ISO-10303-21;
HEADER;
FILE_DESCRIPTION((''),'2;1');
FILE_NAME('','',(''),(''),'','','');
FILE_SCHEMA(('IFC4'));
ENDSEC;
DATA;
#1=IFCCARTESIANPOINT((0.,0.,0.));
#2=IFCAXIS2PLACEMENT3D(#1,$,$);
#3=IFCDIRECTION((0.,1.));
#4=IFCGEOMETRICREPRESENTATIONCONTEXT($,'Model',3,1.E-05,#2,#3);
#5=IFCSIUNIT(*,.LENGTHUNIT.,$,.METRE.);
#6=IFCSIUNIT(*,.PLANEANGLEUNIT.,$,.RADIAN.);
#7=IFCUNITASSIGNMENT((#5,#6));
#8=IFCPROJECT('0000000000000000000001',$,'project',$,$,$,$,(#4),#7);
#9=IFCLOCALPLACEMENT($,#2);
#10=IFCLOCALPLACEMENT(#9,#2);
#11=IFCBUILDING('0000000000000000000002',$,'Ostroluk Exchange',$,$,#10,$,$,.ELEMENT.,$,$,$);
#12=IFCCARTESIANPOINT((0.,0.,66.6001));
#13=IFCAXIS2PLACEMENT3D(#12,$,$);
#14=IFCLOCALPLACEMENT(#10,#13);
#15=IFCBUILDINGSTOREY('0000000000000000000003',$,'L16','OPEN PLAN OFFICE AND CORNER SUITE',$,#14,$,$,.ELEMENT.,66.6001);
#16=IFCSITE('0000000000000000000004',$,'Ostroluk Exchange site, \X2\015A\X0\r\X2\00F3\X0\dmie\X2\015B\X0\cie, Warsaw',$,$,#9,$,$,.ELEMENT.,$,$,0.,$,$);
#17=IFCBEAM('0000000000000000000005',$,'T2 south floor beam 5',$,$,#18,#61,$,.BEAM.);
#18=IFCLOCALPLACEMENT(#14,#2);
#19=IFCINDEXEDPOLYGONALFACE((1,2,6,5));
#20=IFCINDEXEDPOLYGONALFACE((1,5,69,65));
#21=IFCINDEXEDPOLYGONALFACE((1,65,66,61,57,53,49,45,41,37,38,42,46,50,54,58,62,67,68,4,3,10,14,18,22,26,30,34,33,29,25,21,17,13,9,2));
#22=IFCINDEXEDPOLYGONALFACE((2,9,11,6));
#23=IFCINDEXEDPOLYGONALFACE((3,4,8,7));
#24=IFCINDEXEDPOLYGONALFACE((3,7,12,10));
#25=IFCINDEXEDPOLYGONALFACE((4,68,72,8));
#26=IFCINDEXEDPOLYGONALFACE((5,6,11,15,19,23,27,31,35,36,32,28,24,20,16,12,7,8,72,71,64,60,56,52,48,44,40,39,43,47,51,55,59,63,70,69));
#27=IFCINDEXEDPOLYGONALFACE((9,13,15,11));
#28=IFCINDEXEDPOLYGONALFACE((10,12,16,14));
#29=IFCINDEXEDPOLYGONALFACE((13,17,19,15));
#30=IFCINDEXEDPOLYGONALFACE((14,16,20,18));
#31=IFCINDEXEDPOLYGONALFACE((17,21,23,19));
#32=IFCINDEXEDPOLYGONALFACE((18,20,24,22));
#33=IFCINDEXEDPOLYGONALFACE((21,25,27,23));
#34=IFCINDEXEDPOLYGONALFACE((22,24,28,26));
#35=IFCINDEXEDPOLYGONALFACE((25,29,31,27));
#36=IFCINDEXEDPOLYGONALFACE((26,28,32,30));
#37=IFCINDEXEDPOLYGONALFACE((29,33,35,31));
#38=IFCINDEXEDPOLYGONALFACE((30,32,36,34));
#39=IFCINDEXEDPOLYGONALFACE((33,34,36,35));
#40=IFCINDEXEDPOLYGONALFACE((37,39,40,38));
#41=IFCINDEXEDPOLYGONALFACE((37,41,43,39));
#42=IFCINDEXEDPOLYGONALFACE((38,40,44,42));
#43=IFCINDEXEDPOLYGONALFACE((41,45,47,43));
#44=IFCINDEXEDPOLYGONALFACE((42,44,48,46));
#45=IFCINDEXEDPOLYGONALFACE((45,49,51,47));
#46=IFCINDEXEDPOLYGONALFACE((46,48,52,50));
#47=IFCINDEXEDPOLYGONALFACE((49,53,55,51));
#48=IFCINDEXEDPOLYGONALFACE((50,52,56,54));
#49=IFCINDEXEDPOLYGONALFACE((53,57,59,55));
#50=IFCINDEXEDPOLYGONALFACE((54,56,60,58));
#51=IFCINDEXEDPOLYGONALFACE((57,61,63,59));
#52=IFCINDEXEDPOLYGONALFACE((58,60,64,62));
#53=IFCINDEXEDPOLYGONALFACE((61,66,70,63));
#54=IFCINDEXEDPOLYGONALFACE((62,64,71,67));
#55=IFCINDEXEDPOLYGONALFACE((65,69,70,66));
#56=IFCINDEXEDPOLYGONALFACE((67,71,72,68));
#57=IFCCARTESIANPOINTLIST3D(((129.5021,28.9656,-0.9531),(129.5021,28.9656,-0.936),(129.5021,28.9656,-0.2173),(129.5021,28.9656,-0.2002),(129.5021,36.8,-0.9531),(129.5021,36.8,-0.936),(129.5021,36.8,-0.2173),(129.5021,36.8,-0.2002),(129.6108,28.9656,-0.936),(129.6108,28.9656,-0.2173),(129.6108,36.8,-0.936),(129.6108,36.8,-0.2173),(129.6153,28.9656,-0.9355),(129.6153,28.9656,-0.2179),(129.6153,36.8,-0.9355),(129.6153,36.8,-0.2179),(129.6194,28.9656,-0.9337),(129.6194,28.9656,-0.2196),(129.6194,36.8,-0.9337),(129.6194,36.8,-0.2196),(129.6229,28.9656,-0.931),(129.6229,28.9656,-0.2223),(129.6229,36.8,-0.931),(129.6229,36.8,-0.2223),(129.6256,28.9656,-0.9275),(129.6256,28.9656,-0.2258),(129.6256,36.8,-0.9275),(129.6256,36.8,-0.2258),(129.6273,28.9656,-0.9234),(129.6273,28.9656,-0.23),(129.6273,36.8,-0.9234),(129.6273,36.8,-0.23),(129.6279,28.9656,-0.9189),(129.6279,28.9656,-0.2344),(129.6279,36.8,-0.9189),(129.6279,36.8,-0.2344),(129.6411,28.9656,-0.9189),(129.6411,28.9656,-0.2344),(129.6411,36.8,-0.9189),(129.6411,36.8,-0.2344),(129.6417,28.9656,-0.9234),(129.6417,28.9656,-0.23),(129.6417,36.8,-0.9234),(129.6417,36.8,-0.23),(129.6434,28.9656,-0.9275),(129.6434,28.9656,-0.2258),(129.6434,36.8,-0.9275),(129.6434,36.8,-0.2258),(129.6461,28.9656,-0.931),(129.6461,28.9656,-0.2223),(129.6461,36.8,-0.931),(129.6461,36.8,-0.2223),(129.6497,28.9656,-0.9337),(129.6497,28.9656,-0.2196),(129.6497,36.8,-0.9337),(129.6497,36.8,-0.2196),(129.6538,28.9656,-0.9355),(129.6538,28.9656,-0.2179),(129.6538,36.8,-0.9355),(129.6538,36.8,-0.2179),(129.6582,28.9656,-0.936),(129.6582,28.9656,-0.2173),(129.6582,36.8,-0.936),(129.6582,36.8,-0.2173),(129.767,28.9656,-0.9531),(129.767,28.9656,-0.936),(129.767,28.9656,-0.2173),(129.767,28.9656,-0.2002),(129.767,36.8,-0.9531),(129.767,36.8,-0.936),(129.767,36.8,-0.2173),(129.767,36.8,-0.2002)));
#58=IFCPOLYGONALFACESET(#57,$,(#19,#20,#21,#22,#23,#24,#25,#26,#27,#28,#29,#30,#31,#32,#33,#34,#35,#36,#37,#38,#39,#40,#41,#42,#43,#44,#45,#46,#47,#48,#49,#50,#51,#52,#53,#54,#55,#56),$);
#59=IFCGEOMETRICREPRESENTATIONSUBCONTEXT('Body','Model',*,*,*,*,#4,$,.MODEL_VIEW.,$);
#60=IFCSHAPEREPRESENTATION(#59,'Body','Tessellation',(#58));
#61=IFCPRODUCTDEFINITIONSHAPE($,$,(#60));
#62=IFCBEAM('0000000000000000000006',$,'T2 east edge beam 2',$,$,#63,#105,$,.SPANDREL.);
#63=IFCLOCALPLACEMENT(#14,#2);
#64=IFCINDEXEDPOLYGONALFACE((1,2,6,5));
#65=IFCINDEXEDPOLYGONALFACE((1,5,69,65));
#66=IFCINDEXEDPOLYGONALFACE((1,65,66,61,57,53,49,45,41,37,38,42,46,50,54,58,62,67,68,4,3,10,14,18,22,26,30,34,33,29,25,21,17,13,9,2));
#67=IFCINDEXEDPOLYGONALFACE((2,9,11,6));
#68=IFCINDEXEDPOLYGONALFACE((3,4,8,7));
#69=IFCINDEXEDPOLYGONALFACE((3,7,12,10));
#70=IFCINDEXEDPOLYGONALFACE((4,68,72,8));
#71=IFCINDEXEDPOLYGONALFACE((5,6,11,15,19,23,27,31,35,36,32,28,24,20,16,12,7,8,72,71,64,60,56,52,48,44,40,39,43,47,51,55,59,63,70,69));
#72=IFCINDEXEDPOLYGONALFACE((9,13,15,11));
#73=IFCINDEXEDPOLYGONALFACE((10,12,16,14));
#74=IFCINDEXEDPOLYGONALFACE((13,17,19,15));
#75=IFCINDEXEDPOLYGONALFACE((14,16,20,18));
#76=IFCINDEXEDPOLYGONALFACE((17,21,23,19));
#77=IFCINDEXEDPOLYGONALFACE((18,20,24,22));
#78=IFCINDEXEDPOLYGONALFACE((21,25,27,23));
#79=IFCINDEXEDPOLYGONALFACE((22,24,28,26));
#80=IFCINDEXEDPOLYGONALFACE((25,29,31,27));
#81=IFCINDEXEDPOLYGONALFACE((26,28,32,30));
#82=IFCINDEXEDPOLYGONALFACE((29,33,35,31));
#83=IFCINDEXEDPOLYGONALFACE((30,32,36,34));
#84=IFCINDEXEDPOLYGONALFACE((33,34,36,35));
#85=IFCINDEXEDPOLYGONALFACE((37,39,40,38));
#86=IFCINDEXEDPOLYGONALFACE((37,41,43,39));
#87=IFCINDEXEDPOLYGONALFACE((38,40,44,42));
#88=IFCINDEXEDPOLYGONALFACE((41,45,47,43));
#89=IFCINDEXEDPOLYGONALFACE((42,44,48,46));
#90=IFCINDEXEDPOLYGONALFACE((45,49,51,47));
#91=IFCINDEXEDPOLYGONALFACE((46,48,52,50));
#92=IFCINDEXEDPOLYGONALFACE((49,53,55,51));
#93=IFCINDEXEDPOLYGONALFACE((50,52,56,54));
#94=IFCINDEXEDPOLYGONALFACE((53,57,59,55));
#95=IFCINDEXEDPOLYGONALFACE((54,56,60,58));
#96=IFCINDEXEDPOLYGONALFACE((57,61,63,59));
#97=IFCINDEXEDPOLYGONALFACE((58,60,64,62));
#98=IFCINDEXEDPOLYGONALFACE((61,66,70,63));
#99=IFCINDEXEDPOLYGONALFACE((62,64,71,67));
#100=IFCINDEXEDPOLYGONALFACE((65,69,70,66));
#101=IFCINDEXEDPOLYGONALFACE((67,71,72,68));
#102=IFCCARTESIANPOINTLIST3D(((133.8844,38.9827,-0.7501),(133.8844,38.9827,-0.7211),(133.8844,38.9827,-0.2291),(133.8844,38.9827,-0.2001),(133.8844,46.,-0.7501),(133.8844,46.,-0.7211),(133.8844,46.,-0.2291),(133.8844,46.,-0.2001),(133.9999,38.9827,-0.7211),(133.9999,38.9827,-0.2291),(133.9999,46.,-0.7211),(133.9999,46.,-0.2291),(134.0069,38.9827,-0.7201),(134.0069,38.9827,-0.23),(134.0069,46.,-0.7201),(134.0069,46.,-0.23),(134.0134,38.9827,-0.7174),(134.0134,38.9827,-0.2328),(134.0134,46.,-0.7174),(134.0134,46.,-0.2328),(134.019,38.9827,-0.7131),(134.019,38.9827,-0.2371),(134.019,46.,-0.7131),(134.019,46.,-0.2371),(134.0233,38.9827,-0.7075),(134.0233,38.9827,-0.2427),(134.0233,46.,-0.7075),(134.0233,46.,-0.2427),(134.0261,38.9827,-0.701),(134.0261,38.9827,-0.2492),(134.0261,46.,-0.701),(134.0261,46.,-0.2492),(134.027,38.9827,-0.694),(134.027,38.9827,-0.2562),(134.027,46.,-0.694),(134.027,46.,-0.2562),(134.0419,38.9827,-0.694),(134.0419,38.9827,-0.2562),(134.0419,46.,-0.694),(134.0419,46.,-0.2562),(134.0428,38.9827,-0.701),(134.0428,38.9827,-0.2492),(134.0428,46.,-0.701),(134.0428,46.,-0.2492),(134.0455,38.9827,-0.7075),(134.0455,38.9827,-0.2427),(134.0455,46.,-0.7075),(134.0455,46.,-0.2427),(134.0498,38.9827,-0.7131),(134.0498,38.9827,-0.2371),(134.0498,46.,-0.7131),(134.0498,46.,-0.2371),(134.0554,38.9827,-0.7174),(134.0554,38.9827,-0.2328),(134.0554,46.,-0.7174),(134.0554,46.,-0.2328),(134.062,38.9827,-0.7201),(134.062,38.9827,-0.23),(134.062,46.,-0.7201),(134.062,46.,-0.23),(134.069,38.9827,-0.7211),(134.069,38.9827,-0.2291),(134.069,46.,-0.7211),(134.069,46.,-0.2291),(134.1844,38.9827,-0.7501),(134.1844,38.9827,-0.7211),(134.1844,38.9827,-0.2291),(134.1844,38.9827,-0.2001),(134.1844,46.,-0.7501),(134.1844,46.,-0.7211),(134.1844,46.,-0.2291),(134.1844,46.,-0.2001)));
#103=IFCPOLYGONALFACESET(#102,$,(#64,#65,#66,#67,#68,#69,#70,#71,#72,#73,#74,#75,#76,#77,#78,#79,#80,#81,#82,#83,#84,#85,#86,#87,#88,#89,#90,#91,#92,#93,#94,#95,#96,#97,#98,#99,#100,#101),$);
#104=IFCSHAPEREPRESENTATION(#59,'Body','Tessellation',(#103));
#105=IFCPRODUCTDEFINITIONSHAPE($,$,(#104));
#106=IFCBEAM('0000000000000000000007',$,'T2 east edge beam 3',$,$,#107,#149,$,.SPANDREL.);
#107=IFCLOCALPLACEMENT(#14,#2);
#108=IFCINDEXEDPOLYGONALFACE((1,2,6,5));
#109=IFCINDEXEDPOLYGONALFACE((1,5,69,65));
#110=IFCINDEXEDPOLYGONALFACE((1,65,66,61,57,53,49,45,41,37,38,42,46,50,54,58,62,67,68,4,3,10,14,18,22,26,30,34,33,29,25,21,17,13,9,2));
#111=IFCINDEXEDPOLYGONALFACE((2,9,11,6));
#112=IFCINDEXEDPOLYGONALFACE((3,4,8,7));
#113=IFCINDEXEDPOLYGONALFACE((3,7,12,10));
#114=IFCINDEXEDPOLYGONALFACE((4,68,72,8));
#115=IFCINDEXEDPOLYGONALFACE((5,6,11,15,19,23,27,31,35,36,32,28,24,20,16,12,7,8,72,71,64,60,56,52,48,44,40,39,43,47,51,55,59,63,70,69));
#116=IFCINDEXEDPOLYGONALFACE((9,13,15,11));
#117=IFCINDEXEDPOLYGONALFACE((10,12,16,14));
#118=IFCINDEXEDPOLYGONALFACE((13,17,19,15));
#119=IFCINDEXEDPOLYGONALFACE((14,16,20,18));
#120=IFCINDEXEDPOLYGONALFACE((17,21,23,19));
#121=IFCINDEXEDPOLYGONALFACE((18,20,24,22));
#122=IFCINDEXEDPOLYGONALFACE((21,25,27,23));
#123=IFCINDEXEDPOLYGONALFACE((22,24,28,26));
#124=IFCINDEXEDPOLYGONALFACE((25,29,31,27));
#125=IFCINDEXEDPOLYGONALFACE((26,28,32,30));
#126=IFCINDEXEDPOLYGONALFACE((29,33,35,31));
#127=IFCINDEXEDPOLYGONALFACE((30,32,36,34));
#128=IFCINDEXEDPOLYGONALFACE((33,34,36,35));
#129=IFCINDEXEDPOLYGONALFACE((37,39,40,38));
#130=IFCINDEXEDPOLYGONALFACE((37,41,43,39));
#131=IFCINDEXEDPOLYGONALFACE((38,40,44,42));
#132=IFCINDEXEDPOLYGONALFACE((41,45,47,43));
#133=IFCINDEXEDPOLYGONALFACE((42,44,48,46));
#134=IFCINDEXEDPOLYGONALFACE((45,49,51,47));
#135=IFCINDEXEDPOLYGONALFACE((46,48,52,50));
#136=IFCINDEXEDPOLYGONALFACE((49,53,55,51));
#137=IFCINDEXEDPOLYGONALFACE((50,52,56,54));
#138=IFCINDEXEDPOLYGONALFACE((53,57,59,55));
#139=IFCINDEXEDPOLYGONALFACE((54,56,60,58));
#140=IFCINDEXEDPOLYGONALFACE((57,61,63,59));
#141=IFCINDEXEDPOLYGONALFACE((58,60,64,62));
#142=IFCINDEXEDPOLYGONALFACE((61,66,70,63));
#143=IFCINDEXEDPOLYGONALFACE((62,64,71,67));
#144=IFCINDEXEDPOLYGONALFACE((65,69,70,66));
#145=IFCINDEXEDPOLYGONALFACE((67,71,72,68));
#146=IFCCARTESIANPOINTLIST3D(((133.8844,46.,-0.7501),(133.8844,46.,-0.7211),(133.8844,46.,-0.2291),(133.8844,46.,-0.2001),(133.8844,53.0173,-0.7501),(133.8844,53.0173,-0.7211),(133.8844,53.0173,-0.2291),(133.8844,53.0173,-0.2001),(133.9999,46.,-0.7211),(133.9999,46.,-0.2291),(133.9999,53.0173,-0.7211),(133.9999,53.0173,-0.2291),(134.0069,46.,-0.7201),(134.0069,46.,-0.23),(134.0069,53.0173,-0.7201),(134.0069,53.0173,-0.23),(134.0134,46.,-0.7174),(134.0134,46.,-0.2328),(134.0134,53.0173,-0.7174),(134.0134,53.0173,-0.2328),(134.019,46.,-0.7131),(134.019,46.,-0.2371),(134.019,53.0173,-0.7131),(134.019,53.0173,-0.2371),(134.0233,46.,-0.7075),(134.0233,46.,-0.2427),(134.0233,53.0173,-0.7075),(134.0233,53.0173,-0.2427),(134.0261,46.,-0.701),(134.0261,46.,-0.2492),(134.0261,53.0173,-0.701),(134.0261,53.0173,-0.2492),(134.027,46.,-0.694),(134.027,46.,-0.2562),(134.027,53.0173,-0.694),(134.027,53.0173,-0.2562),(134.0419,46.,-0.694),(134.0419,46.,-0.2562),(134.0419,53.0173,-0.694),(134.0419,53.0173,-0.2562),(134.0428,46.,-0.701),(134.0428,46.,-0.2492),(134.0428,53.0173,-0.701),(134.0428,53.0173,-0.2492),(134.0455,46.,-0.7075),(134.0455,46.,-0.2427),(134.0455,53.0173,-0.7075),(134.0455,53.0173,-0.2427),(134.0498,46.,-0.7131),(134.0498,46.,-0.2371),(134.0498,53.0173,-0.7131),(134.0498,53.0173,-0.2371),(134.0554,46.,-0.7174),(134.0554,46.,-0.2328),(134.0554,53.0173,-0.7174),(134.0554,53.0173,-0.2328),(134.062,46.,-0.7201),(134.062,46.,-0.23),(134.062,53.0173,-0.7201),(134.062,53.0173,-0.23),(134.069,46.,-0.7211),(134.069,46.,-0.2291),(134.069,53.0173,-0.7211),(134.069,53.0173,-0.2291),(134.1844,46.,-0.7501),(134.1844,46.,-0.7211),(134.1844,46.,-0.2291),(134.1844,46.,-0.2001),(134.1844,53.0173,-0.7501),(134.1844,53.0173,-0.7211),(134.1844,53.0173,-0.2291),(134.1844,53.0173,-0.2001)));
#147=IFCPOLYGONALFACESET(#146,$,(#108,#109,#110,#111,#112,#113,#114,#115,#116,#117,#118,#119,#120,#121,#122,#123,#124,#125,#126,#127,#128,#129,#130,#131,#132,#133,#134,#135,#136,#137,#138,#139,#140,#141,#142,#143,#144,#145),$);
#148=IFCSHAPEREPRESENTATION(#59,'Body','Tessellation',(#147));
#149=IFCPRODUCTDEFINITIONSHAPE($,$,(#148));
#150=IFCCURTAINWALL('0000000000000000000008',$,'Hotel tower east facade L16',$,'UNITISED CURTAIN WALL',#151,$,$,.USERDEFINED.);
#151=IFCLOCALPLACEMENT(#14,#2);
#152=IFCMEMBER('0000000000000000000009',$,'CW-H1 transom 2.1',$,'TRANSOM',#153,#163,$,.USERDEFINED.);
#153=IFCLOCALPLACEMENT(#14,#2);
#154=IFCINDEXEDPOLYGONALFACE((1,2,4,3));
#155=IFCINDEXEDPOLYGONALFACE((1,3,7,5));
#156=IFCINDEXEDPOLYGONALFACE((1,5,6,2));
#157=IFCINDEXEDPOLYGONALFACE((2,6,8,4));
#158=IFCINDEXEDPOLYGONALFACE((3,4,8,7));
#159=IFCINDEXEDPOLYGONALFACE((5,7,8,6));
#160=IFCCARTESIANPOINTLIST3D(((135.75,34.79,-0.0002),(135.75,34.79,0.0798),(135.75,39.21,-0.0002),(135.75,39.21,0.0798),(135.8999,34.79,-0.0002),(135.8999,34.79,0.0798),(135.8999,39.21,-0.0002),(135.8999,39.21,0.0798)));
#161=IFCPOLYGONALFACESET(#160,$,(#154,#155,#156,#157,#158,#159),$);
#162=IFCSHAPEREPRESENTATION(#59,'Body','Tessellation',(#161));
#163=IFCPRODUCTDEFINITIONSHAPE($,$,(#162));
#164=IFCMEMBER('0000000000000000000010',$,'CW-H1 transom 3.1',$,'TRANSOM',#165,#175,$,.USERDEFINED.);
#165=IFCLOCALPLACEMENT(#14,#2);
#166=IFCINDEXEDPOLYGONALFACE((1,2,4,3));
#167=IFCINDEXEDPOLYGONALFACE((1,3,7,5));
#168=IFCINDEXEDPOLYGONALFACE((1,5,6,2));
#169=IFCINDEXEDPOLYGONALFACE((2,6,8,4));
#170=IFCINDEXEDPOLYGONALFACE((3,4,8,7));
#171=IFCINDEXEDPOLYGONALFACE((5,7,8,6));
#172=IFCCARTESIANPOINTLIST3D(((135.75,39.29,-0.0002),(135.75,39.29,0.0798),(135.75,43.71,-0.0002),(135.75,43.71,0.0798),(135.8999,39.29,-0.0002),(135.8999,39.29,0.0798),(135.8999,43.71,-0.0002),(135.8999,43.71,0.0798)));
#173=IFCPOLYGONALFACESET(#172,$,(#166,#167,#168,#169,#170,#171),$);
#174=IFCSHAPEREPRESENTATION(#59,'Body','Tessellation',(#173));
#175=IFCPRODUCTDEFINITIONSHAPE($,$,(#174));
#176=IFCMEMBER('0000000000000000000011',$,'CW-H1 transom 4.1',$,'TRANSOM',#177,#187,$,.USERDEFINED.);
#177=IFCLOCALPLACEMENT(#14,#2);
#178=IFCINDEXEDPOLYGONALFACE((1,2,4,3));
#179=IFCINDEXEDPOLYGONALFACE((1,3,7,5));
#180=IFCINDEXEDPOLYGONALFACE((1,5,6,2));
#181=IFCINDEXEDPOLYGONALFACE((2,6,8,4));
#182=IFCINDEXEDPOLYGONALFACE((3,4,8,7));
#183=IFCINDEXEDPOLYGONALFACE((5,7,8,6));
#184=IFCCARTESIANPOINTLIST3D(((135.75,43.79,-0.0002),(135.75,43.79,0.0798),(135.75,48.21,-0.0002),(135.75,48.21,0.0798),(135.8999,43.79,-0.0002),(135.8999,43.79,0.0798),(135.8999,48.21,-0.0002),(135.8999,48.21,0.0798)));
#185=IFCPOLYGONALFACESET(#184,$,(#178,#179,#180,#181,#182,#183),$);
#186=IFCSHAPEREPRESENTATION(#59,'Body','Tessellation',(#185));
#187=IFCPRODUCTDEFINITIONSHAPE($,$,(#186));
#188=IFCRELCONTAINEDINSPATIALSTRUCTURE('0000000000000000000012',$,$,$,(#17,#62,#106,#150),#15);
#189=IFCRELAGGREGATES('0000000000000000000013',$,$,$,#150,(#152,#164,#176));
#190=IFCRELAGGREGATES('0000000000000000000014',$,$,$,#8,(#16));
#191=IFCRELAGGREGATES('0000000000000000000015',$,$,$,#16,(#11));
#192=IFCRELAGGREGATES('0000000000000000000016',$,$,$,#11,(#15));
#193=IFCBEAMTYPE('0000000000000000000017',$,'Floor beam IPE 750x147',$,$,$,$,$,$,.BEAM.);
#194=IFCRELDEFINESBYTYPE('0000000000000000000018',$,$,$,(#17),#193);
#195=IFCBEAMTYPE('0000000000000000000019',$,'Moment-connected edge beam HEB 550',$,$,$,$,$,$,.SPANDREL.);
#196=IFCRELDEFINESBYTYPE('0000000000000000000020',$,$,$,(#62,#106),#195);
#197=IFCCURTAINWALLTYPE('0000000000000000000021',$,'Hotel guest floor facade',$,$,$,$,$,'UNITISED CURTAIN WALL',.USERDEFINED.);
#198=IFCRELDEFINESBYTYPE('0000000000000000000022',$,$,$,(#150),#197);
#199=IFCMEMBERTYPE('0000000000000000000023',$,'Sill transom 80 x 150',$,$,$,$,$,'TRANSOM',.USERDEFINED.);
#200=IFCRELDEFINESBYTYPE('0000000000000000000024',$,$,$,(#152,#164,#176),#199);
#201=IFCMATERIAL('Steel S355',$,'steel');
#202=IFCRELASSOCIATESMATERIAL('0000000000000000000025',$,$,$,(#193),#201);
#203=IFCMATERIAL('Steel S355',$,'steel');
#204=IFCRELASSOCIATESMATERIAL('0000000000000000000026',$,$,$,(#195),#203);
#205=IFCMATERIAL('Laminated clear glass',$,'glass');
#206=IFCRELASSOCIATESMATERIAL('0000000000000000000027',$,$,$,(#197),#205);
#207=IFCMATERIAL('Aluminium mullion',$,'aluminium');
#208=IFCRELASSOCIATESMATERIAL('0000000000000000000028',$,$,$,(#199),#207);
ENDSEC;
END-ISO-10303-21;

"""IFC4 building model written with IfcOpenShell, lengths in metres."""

from ifc_helpers import new_model, si_unit, direction, frame, origin, origin_2d, place, context, subcontext, project, spatial, rectangle, i_section, extrude, material, material_profile, profile_set, type_object, element, aggregate, save


model = new_model("IFC4")

# Units and contexts
model_context = context("Model", 3, precision=1e-05, world=origin(), true_north=direction((0.0, 1.0)))
body_context = subcontext(model_context, "Body", "Model", "MODEL_VIEW")
ifc_project = project(units=[si_unit("LENGTHUNIT", "METRE"), si_unit("PLANEANGLEUNIT", "RADIAN")], contexts=[model_context])

# Site, building, storey
site_placement = place(None, origin())
site = spatial("IfcSite", under=ifc_project, at=site_placement, Name="Ostroluk Exchange site, Śródmieście, Warsaw", CompositionType="ELEMENT", RefElevation=0.0)
building_placement = place(site_placement, origin())
building = spatial("IfcBuilding", under=site, at=building_placement, Name="Ostroluk Exchange", CompositionType="ELEMENT")
storey_placement = place(building_placement, frame((0.0, 0.0, 66.6001)))
storey = spatial("IfcBuildingStorey", under=building, at=storey_placement, Name="L16", Description="OPEN PLAN OFFICE AND CORNER SUITE", CompositionType="ELEMENT", Elevation=66.6001)

# Beams
ifc_material_1 = material(Name="Steel S355", Category="steel")
ifc_material_profile_1 = material_profile(ifc_material_1, i_section(OverallWidth=0.2649, OverallDepth=0.7529, WebThickness=0.0132, FlangeThickness=0.0171, FilletRadius=0.0171, at=origin_2d()), Name="IPE 750x147")
ifc_profile_set_1 = profile_set([ifc_material_profile_1], Name="Steel S355")
beam_type_1 = type_object("IfcBeamType", Name="Floor beam IPE 750x147", PredefinedType="BEAM", material=ifc_profile_set_1)
beam_placement = place(storey_placement, frame((129.6345, 36.8, -0.5767), z_axis=(0.0, -1.0, 0.0), x_axis=(1.0, 0.0, 0.0)))
element("IfcBeam", 1, at=beam_placement, inside=storey, type_object=beam_type_1, Name="T2 south floor beam 5", PredefinedType="BEAM", context=body_context, shape_type="SweptSolid", body=[
    extrude(i_section(OverallWidth=0.2649, OverallDepth=0.7529, WebThickness=0.0132, FlangeThickness=0.0171, FilletRadius=0.0171, at=origin_2d()), origin(), (0.0, 0.0, 1.0), 7.8345),
])
ifc_material_2 = material(Name="Steel S355", Category="steel")
ifc_material_profile_2 = material_profile(ifc_material_2, i_section(OverallWidth=0.3, OverallDepth=0.55, WebThickness=0.0149, FlangeThickness=0.0291, FilletRadius=0.0271, at=origin_2d()), Name="HEB 550")
ifc_profile_set_2 = profile_set([ifc_material_profile_2], Name="Steel S355")
beam_type_2 = type_object("IfcBeamType", Name="Moment-connected edge beam HEB 550", PredefinedType="SPANDREL", material=ifc_profile_set_2)
for number, where, z_axis, x_axis, name in (
    (2, (134.0344, 38.9827, -0.4751), (0.0, 1.0, 0.0), (-1.0, 0.0, 0.0), "T2 east edge beam 2"),
    (3, (134.0344, 46.0, -0.4751), (0.0, 1.0, 0.0), (-1.0, 0.0, 0.0), "T2 east edge beam 3"),
):
    element("IfcBeam", number, at=place(storey_placement, frame(where, z_axis=z_axis, x_axis=x_axis)), inside=storey, type_object=beam_type_2, Name=name, PredefinedType="SPANDREL", context=body_context, shape_type="SweptSolid", body=[
        extrude(i_section(OverallWidth=0.3, OverallDepth=0.55, WebThickness=0.0149, FlangeThickness=0.0291, FilletRadius=0.0271, at=origin_2d()), origin(), (0.0, 0.0, 1.0), 7.0173),
    ])

# Curtain wall, members
ifc_material_3 = material(Name="Laminated clear glass", Category="glass")
curtain_wall_type = type_object("IfcCurtainWallType", Name="Hotel guest floor facade", ElementType="UNITISED CURTAIN WALL", PredefinedType="USERDEFINED", material=ifc_material_3)
curtain_wall_placement = place(storey_placement, origin())
curtain_wall = element("IfcCurtainWall", 4, at=curtain_wall_placement, inside=storey, type_object=curtain_wall_type, Name="Hotel tower east facade L16", ObjectType="UNITISED CURTAIN WALL", PredefinedType="USERDEFINED")
ifc_material_4 = material(Name="Aluminium mullion", Category="aluminium")
ifc_material_profile_3 = material_profile(ifc_material_4, rectangle(XDim=0.1499, YDim=0.0801, at=origin_2d()), Name="Sill transom 80 x 150")
ifc_profile_set_3 = profile_set([ifc_material_profile_3], Name="Aluminium mullion")
member_type_1 = type_object("IfcMemberType", Name="Sill transom 80 x 150", ElementType="TRANSOM", PredefinedType="USERDEFINED", material=ifc_profile_set_3)
member_1_placement = place(storey_placement, frame((135.825, 34.79, 0.0398), z_axis=(0.0, 1.0, 0.0), x_axis=(-1.0, 0.0, 0.0)))
member_1 = element("IfcMember", 5, at=member_1_placement, type_object=member_type_1, Name="CW-H1 transom 2.1", ObjectType="TRANSOM", PredefinedType="USERDEFINED", context=body_context, shape_type="SweptSolid", body=[
    extrude(rectangle(XDim=0.1499, YDim=0.0801, at=origin_2d()), origin(), (0.0, 0.0, 1.0), 4.4199),
])
member_2_placement = place(storey_placement, frame((135.825, 39.29, 0.0398), z_axis=(0.0, 1.0, 0.0), x_axis=(-1.0, 0.0, 0.0)))
member_2 = element("IfcMember", 6, at=member_2_placement, type_object=member_type_1, Name="CW-H1 transom 3.1", ObjectType="TRANSOM", PredefinedType="USERDEFINED", context=body_context, shape_type="SweptSolid", body=[
    extrude(rectangle(XDim=0.1499, YDim=0.0801, at=origin_2d()), origin(), (0.0, 0.0, 1.0), 4.4199),
])
member_3_placement = place(storey_placement, frame((135.825, 43.79, 0.0398), z_axis=(0.0, 1.0, 0.0), x_axis=(-1.0, 0.0, 0.0)))
member_3 = element("IfcMember", 7, at=member_3_placement, type_object=member_type_1, Name="CW-H1 transom 4.1", ObjectType="TRANSOM", PredefinedType="USERDEFINED", context=body_context, shape_type="SweptSolid", body=[
    extrude(rectangle(XDim=0.1499, YDim=0.0801, at=origin_2d()), origin(), (0.0, 0.0, 1.0), 4.4199),
])
aggregate(curtain_wall, [member_1, member_2, member_3])

save(model, "model.ifc")
